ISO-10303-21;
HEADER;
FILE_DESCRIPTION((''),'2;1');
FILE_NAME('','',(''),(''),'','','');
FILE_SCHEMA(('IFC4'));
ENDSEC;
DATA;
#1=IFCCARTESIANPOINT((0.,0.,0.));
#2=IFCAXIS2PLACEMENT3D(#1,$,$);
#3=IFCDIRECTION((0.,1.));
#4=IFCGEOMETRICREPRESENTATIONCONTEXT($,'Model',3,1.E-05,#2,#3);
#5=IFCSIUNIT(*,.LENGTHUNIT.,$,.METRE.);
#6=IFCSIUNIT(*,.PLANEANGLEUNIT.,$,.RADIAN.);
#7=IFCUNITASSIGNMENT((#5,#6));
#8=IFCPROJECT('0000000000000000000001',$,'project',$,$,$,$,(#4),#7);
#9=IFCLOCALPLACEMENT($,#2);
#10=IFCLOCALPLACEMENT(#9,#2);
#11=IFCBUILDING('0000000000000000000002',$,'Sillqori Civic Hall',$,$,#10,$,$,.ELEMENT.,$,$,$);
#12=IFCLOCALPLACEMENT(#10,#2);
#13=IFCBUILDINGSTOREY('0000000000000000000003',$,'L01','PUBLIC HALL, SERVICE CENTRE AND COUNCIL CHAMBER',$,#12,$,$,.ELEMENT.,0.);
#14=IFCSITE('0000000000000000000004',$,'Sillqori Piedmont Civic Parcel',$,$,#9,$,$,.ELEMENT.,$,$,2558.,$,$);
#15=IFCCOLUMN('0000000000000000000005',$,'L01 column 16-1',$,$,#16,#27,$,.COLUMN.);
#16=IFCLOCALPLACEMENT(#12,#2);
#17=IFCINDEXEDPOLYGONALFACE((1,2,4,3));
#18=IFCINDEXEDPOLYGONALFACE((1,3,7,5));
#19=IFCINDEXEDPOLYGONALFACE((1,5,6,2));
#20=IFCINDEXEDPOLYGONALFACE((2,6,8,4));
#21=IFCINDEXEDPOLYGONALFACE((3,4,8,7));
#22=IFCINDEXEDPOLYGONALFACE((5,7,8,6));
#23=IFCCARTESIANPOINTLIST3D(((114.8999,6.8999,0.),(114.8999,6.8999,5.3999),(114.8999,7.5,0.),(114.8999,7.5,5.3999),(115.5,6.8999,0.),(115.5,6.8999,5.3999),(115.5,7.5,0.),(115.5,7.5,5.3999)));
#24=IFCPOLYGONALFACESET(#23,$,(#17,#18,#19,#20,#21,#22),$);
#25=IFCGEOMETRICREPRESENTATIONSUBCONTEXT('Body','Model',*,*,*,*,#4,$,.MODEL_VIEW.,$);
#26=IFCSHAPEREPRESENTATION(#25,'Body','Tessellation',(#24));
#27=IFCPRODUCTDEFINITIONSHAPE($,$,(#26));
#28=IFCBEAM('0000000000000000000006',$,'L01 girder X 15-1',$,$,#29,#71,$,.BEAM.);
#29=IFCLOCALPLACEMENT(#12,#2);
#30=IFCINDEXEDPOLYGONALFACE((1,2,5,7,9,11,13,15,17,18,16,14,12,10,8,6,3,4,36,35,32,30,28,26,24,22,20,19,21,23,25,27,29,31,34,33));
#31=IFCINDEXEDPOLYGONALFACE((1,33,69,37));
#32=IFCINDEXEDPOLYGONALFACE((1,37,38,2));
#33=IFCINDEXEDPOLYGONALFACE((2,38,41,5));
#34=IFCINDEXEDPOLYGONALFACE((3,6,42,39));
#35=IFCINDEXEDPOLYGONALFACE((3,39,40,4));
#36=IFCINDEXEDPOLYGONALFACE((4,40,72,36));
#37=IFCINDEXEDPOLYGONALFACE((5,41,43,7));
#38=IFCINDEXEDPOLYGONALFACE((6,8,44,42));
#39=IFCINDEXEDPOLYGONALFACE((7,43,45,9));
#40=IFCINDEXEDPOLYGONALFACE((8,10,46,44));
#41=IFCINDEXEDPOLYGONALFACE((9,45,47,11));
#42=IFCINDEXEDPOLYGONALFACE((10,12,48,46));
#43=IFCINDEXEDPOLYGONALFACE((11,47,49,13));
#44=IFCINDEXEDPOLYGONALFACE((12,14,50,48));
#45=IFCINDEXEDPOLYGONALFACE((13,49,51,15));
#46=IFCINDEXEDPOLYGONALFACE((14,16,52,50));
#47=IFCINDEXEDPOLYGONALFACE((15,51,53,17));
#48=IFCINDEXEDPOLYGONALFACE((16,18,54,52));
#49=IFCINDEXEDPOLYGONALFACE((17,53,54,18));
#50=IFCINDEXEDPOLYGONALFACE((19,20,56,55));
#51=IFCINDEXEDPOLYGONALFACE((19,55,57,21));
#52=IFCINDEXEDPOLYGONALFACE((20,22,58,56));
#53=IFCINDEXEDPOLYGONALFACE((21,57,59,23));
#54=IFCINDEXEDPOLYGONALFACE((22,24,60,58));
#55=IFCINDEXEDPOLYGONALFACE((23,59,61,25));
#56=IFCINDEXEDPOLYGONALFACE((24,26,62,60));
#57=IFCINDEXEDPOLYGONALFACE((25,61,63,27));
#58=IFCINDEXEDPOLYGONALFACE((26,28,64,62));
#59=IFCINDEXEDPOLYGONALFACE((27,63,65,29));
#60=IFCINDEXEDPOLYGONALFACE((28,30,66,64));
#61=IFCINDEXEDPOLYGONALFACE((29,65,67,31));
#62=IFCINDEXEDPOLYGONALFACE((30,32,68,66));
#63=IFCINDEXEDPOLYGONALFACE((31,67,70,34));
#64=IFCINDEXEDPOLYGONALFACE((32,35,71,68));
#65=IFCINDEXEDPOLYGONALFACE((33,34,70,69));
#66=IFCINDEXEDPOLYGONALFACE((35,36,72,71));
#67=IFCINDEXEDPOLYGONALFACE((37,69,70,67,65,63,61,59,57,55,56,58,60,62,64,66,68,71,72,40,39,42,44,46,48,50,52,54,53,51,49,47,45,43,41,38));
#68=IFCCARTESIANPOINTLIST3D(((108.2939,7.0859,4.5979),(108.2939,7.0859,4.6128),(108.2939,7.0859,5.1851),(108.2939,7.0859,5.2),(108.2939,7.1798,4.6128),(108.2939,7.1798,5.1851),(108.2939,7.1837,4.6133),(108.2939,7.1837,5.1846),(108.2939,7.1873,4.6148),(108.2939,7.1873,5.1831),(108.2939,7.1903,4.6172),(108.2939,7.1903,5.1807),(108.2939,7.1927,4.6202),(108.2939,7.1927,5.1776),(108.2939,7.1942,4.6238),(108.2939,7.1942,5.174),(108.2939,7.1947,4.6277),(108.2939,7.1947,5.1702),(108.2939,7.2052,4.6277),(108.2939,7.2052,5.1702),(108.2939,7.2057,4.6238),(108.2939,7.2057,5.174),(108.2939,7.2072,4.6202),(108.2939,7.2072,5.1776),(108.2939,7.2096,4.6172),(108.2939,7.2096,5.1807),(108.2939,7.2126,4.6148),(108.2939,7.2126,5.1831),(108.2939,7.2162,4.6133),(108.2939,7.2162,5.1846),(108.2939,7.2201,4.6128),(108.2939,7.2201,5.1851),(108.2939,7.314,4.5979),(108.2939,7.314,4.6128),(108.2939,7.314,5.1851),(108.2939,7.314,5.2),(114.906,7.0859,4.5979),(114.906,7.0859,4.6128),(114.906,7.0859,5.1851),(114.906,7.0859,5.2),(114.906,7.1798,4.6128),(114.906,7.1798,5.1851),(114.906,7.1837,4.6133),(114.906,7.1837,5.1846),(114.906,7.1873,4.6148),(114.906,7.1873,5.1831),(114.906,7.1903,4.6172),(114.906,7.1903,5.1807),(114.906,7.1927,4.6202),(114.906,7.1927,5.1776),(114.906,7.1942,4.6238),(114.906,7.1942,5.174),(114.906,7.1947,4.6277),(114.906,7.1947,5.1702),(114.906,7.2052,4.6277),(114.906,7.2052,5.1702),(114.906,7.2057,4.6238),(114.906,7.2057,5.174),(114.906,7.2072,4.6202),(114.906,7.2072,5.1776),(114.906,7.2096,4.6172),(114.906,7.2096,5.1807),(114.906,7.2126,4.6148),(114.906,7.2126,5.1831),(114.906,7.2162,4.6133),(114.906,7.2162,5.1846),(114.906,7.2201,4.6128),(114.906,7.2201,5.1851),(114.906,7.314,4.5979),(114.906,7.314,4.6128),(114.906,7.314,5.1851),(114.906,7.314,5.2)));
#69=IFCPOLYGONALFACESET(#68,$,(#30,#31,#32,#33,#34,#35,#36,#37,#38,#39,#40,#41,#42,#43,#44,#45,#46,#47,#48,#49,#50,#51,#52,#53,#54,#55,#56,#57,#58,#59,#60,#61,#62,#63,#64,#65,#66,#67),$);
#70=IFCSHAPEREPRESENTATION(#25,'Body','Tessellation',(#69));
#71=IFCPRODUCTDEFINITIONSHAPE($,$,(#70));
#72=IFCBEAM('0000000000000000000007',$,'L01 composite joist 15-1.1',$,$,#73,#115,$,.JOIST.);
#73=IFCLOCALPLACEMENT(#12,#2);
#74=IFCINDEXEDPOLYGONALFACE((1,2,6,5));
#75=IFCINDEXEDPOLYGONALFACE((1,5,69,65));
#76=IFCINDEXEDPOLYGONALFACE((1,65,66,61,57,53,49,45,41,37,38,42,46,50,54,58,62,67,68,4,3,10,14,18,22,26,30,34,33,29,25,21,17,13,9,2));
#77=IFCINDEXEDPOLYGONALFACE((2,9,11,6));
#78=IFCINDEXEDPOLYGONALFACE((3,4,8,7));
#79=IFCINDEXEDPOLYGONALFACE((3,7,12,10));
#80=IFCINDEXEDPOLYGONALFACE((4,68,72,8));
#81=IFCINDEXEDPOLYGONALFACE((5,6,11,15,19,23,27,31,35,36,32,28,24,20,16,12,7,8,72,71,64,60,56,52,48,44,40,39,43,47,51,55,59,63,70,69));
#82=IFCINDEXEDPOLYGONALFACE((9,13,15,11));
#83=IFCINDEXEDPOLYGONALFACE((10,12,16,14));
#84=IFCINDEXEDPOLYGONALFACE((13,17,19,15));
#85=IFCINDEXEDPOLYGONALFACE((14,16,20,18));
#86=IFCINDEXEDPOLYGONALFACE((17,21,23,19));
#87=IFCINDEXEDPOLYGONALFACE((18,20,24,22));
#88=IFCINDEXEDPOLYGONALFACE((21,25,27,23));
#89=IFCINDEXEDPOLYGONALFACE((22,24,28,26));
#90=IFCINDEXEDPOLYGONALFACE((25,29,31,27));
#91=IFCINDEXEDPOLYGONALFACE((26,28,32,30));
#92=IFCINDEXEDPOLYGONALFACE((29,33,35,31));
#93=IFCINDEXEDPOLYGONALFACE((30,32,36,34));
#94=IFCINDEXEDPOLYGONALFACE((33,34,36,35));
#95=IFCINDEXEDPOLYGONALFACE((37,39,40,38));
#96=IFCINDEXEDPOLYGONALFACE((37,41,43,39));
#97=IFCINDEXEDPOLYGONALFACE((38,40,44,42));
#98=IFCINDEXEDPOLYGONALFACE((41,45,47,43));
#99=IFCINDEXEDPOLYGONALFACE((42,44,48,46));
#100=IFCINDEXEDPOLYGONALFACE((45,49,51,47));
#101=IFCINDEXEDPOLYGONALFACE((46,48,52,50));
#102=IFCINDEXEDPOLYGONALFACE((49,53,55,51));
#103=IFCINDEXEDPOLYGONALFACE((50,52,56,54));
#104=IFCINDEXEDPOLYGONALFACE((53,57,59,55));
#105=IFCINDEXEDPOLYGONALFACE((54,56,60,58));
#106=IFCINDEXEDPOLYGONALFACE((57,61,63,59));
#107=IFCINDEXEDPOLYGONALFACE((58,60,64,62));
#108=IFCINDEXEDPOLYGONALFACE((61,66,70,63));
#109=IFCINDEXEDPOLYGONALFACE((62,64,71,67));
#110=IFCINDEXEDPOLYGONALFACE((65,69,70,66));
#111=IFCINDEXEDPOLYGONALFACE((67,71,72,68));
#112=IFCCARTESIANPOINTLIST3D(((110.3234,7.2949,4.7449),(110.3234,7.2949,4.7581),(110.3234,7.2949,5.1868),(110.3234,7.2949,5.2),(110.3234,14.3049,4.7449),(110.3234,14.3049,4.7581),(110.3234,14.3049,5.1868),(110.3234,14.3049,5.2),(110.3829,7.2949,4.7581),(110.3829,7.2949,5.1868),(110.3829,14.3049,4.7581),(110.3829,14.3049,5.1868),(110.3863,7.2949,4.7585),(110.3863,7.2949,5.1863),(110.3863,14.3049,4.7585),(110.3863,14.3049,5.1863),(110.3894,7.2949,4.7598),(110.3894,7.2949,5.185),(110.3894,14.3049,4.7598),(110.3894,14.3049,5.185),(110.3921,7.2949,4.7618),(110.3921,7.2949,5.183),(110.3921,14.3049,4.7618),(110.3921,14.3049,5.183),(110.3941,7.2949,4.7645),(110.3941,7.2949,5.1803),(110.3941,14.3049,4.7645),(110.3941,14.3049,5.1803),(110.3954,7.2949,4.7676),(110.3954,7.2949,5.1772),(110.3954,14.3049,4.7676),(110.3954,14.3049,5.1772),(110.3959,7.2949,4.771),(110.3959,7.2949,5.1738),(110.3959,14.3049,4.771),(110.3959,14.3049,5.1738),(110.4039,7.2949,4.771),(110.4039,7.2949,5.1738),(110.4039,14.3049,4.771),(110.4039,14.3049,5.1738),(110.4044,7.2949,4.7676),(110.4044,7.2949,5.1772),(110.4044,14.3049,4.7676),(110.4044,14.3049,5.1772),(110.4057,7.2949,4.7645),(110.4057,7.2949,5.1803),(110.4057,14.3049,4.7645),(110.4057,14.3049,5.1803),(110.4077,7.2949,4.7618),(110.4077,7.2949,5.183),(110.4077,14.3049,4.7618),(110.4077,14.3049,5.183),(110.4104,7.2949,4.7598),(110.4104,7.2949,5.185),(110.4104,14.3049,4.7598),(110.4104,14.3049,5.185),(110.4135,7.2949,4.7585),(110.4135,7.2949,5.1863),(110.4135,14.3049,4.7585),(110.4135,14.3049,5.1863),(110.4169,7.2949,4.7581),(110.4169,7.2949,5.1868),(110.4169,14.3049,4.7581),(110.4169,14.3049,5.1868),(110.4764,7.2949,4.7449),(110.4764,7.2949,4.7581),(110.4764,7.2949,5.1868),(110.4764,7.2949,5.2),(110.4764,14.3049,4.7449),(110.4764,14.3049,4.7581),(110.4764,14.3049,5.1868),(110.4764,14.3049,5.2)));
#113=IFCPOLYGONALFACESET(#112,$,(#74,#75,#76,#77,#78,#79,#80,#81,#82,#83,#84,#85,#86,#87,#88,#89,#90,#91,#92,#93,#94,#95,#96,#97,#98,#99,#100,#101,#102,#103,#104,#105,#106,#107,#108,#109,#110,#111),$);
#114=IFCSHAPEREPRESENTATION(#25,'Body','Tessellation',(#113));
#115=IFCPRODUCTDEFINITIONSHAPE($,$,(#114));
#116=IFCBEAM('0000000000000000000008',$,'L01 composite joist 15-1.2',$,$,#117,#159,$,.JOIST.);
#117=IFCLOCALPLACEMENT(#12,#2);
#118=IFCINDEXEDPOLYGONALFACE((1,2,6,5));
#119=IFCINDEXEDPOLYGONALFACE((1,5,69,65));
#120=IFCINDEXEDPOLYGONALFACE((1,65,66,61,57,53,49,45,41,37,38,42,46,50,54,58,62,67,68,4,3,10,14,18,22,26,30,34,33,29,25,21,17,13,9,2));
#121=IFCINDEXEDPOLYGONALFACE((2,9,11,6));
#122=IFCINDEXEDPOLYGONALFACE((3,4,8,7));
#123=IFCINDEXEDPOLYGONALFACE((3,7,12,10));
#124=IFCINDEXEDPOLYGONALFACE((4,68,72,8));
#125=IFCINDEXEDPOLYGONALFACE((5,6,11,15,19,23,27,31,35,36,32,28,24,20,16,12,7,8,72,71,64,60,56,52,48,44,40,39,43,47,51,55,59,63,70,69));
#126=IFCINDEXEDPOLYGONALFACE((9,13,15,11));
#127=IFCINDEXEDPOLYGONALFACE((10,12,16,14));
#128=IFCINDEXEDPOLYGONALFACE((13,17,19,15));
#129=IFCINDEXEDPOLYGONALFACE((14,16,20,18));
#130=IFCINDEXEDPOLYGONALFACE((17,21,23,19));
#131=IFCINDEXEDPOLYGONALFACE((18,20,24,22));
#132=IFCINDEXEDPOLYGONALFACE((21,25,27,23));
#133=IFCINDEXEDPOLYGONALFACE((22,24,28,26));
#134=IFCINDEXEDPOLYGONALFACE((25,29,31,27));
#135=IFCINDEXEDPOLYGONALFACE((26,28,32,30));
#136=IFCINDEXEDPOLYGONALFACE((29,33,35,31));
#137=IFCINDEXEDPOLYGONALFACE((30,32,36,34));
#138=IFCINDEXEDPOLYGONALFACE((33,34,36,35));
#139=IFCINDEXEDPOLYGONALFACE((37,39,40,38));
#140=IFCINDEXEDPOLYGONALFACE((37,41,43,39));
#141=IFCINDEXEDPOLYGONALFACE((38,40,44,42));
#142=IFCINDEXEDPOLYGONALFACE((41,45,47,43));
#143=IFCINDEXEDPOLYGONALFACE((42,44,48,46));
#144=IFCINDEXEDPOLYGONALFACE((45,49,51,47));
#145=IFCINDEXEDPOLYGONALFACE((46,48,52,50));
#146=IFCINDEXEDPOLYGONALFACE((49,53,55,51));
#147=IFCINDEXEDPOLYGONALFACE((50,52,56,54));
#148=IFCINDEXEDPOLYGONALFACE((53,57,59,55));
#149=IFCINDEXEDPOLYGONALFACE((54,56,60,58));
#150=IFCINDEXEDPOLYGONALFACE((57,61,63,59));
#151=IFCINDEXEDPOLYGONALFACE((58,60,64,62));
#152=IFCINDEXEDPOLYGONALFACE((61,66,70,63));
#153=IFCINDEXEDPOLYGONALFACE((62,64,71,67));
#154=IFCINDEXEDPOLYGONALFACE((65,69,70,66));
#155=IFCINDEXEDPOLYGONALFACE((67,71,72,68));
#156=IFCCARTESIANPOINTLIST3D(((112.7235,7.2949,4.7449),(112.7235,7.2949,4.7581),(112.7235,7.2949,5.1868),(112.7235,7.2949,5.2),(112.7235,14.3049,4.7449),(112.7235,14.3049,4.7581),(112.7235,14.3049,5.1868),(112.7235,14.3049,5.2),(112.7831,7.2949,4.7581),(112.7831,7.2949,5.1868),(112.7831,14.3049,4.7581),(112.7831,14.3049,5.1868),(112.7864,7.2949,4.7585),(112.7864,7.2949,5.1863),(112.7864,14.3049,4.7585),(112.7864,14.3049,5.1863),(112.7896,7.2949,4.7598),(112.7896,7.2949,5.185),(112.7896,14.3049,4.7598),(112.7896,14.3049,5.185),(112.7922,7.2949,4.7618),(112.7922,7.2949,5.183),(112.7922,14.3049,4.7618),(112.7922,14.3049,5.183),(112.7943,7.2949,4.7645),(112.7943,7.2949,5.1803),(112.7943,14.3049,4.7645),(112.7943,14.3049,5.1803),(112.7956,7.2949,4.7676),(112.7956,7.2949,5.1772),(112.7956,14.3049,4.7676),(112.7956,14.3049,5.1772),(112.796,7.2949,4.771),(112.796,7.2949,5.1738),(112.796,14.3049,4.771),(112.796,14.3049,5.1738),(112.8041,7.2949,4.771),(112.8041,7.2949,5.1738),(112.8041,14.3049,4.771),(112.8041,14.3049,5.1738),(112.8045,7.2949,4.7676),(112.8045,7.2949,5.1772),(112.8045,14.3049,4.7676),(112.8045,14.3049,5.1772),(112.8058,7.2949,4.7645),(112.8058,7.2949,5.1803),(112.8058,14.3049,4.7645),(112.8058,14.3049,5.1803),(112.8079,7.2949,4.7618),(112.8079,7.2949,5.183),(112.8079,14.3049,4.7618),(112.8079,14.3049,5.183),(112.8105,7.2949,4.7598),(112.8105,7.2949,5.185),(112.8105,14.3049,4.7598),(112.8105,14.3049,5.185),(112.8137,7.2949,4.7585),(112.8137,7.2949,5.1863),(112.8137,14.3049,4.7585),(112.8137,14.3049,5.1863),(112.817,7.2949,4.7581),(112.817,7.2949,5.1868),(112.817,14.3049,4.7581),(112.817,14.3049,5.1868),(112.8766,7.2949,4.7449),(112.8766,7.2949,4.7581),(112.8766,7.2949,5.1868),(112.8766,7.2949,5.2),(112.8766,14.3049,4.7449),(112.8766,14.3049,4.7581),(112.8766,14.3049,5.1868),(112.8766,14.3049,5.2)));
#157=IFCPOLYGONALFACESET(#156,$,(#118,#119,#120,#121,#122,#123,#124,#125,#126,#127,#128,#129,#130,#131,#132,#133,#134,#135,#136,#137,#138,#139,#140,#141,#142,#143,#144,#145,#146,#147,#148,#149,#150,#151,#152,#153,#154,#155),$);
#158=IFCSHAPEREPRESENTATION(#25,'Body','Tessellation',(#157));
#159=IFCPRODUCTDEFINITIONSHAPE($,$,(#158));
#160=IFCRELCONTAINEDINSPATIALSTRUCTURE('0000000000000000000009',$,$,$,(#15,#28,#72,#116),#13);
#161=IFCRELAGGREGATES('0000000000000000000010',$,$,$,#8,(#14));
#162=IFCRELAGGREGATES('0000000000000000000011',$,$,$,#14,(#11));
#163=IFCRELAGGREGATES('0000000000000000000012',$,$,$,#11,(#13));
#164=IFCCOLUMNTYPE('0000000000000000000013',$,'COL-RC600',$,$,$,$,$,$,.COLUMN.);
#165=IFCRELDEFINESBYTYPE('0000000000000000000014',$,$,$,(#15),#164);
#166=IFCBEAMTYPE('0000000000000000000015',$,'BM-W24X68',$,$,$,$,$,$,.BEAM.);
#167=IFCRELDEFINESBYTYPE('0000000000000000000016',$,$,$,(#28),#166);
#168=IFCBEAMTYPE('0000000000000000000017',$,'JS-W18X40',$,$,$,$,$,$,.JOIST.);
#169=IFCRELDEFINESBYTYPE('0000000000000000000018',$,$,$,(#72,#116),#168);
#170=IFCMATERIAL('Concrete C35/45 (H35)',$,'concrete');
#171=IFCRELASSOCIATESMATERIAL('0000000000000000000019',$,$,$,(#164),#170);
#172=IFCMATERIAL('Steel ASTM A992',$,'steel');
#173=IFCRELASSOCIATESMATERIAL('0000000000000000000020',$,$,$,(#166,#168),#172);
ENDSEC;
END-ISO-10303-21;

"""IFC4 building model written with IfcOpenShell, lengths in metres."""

from ifc_helpers import new_model, si_unit, direction, frame, origin, origin_2d, place, context, subcontext, project, spatial, rectangle, i_section, extrude, material, material_profile, profile_set, type_object, element, save


model = new_model("IFC4")

# Units and contexts
model_context = context("Model", 3, precision=1e-05, world=origin(), true_north=direction((0.0, 1.0)))
body_context = subcontext(model_context, "Body", "Model", "MODEL_VIEW")
ifc_project = project(units=[si_unit("LENGTHUNIT", "METRE"), si_unit("PLANEANGLEUNIT", "RADIAN")], contexts=[model_context])

# Site, building, storey
site_placement = place(None, origin())
site = spatial("IfcSite", under=ifc_project, at=site_placement, Name="Sillqori Piedmont Civic Parcel", CompositionType="ELEMENT", RefElevation=2558.0)
building_placement = place(site_placement, origin())
building = spatial("IfcBuilding", under=site, at=building_placement, Name="Sillqori Civic Hall", CompositionType="ELEMENT")
storey_placement = place(building_placement, origin())
storey = spatial("IfcBuildingStorey", under=building, at=storey_placement, Name="L01", Description="PUBLIC HALL, SERVICE CENTRE AND COUNCIL CHAMBER", CompositionType="ELEMENT", Elevation=0.0)

# Column
ifc_material_1 = material(Name="Concrete C35/45 (H35)", Category="concrete")
ifc_material_profile_1 = material_profile(ifc_material_1, rectangle(XDim=0.6001, YDim=0.6001, at=origin_2d()), Name="RC 600x600")
ifc_profile_set_1 = profile_set([ifc_material_profile_1], Name="Concrete C35/45 (H35)")
column_type = type_object("IfcColumnType", Name="COL-RC600", PredefinedType="COLUMN", material=ifc_profile_set_1)
column_placement = place(storey_placement, frame((115.2, 7.2, 0.0), z_axis=(0.0, 0.0, 1.0), x_axis=(1.0, 0.0, 0.0)))
element("IfcColumn", 1, at=column_placement, inside=storey, type_object=column_type, Name="L01 column 16-1", PredefinedType="COLUMN", context=body_context, shape_type="SweptSolid", body=[
    extrude(rectangle(XDim=0.6001, YDim=0.6001, at=origin_2d()), origin(), (0.0, 0.0, 1.0), 5.3999),
])

# Beam
ifc_material_2 = material(Name="Steel ASTM A992", Category="steel")
ifc_material_profile_2 = material_profile(ifc_material_2, i_section(OverallWidth=0.228, OverallDepth=0.6021, WebThickness=0.0105, FlangeThickness=0.0149, FilletRadius=0.0149, at=origin_2d()), Name="W24X68")
ifc_profile_set_2 = profile_set([ifc_material_profile_2], Name="Steel ASTM A992")
beam_type_1 = type_object("IfcBeamType", Name="BM-W24X68", PredefinedType="BEAM", material=ifc_profile_set_2)
beam_placement = place(storey_placement, frame((108.2939, 7.2, 4.8989), z_axis=(1.0, 0.0, 0.0), x_axis=(0.0, 1.0, 0.0)))
element("IfcBeam", 2, at=beam_placement, inside=storey, type_object=beam_type_1, Name="L01 girder X 15-1", PredefinedType="BEAM", context=body_context, shape_type="SweptSolid", body=[
    extrude(i_section(OverallWidth=0.228, OverallDepth=0.6021, WebThickness=0.0105, FlangeThickness=0.0149, FilletRadius=0.0149, at=origin_2d()), origin(), (0.0, 0.0, 1.0), 6.6121),
])

# Beams
ifc_material_profile_3 = material_profile(ifc_material_2, i_section(OverallWidth=0.1531, OverallDepth=0.4551, WebThickness=0.0081, FlangeThickness=0.0132, FilletRadius=0.0129, at=origin_2d()), Name="W18X40")
ifc_profile_set_3 = profile_set([ifc_material_profile_3], Name="Steel ASTM A992")
beam_type_2 = type_object("IfcBeamType", Name="JS-W18X40", PredefinedType="JOIST", material=ifc_profile_set_3)
for number, where, z_axis, x_axis, name in (
    (3, (110.3999, 7.2949, 4.9724), (0.0, 1.0, 0.0), (-1.0, 0.0, 0.0), "L01 composite joist 15-1.1"),
    (4, (112.8, 7.2949, 4.9724), (0.0, 1.0, 0.0), (-1.0, 0.0, 0.0), "L01 composite joist 15-1.2"),
):
    element("IfcBeam", number, at=place(storey_placement, frame(where, z_axis=z_axis, x_axis=x_axis)), inside=storey, type_object=beam_type_2, Name=name, PredefinedType="JOIST", context=body_context, shape_type="SweptSolid", body=[
        extrude(i_section(OverallWidth=0.1531, OverallDepth=0.4551, WebThickness=0.0081, FlangeThickness=0.0132, FilletRadius=0.0129, at=origin_2d()), origin(), (0.0, 0.0, 1.0), 7.01),
    ])

save(model, "model.ifc")
